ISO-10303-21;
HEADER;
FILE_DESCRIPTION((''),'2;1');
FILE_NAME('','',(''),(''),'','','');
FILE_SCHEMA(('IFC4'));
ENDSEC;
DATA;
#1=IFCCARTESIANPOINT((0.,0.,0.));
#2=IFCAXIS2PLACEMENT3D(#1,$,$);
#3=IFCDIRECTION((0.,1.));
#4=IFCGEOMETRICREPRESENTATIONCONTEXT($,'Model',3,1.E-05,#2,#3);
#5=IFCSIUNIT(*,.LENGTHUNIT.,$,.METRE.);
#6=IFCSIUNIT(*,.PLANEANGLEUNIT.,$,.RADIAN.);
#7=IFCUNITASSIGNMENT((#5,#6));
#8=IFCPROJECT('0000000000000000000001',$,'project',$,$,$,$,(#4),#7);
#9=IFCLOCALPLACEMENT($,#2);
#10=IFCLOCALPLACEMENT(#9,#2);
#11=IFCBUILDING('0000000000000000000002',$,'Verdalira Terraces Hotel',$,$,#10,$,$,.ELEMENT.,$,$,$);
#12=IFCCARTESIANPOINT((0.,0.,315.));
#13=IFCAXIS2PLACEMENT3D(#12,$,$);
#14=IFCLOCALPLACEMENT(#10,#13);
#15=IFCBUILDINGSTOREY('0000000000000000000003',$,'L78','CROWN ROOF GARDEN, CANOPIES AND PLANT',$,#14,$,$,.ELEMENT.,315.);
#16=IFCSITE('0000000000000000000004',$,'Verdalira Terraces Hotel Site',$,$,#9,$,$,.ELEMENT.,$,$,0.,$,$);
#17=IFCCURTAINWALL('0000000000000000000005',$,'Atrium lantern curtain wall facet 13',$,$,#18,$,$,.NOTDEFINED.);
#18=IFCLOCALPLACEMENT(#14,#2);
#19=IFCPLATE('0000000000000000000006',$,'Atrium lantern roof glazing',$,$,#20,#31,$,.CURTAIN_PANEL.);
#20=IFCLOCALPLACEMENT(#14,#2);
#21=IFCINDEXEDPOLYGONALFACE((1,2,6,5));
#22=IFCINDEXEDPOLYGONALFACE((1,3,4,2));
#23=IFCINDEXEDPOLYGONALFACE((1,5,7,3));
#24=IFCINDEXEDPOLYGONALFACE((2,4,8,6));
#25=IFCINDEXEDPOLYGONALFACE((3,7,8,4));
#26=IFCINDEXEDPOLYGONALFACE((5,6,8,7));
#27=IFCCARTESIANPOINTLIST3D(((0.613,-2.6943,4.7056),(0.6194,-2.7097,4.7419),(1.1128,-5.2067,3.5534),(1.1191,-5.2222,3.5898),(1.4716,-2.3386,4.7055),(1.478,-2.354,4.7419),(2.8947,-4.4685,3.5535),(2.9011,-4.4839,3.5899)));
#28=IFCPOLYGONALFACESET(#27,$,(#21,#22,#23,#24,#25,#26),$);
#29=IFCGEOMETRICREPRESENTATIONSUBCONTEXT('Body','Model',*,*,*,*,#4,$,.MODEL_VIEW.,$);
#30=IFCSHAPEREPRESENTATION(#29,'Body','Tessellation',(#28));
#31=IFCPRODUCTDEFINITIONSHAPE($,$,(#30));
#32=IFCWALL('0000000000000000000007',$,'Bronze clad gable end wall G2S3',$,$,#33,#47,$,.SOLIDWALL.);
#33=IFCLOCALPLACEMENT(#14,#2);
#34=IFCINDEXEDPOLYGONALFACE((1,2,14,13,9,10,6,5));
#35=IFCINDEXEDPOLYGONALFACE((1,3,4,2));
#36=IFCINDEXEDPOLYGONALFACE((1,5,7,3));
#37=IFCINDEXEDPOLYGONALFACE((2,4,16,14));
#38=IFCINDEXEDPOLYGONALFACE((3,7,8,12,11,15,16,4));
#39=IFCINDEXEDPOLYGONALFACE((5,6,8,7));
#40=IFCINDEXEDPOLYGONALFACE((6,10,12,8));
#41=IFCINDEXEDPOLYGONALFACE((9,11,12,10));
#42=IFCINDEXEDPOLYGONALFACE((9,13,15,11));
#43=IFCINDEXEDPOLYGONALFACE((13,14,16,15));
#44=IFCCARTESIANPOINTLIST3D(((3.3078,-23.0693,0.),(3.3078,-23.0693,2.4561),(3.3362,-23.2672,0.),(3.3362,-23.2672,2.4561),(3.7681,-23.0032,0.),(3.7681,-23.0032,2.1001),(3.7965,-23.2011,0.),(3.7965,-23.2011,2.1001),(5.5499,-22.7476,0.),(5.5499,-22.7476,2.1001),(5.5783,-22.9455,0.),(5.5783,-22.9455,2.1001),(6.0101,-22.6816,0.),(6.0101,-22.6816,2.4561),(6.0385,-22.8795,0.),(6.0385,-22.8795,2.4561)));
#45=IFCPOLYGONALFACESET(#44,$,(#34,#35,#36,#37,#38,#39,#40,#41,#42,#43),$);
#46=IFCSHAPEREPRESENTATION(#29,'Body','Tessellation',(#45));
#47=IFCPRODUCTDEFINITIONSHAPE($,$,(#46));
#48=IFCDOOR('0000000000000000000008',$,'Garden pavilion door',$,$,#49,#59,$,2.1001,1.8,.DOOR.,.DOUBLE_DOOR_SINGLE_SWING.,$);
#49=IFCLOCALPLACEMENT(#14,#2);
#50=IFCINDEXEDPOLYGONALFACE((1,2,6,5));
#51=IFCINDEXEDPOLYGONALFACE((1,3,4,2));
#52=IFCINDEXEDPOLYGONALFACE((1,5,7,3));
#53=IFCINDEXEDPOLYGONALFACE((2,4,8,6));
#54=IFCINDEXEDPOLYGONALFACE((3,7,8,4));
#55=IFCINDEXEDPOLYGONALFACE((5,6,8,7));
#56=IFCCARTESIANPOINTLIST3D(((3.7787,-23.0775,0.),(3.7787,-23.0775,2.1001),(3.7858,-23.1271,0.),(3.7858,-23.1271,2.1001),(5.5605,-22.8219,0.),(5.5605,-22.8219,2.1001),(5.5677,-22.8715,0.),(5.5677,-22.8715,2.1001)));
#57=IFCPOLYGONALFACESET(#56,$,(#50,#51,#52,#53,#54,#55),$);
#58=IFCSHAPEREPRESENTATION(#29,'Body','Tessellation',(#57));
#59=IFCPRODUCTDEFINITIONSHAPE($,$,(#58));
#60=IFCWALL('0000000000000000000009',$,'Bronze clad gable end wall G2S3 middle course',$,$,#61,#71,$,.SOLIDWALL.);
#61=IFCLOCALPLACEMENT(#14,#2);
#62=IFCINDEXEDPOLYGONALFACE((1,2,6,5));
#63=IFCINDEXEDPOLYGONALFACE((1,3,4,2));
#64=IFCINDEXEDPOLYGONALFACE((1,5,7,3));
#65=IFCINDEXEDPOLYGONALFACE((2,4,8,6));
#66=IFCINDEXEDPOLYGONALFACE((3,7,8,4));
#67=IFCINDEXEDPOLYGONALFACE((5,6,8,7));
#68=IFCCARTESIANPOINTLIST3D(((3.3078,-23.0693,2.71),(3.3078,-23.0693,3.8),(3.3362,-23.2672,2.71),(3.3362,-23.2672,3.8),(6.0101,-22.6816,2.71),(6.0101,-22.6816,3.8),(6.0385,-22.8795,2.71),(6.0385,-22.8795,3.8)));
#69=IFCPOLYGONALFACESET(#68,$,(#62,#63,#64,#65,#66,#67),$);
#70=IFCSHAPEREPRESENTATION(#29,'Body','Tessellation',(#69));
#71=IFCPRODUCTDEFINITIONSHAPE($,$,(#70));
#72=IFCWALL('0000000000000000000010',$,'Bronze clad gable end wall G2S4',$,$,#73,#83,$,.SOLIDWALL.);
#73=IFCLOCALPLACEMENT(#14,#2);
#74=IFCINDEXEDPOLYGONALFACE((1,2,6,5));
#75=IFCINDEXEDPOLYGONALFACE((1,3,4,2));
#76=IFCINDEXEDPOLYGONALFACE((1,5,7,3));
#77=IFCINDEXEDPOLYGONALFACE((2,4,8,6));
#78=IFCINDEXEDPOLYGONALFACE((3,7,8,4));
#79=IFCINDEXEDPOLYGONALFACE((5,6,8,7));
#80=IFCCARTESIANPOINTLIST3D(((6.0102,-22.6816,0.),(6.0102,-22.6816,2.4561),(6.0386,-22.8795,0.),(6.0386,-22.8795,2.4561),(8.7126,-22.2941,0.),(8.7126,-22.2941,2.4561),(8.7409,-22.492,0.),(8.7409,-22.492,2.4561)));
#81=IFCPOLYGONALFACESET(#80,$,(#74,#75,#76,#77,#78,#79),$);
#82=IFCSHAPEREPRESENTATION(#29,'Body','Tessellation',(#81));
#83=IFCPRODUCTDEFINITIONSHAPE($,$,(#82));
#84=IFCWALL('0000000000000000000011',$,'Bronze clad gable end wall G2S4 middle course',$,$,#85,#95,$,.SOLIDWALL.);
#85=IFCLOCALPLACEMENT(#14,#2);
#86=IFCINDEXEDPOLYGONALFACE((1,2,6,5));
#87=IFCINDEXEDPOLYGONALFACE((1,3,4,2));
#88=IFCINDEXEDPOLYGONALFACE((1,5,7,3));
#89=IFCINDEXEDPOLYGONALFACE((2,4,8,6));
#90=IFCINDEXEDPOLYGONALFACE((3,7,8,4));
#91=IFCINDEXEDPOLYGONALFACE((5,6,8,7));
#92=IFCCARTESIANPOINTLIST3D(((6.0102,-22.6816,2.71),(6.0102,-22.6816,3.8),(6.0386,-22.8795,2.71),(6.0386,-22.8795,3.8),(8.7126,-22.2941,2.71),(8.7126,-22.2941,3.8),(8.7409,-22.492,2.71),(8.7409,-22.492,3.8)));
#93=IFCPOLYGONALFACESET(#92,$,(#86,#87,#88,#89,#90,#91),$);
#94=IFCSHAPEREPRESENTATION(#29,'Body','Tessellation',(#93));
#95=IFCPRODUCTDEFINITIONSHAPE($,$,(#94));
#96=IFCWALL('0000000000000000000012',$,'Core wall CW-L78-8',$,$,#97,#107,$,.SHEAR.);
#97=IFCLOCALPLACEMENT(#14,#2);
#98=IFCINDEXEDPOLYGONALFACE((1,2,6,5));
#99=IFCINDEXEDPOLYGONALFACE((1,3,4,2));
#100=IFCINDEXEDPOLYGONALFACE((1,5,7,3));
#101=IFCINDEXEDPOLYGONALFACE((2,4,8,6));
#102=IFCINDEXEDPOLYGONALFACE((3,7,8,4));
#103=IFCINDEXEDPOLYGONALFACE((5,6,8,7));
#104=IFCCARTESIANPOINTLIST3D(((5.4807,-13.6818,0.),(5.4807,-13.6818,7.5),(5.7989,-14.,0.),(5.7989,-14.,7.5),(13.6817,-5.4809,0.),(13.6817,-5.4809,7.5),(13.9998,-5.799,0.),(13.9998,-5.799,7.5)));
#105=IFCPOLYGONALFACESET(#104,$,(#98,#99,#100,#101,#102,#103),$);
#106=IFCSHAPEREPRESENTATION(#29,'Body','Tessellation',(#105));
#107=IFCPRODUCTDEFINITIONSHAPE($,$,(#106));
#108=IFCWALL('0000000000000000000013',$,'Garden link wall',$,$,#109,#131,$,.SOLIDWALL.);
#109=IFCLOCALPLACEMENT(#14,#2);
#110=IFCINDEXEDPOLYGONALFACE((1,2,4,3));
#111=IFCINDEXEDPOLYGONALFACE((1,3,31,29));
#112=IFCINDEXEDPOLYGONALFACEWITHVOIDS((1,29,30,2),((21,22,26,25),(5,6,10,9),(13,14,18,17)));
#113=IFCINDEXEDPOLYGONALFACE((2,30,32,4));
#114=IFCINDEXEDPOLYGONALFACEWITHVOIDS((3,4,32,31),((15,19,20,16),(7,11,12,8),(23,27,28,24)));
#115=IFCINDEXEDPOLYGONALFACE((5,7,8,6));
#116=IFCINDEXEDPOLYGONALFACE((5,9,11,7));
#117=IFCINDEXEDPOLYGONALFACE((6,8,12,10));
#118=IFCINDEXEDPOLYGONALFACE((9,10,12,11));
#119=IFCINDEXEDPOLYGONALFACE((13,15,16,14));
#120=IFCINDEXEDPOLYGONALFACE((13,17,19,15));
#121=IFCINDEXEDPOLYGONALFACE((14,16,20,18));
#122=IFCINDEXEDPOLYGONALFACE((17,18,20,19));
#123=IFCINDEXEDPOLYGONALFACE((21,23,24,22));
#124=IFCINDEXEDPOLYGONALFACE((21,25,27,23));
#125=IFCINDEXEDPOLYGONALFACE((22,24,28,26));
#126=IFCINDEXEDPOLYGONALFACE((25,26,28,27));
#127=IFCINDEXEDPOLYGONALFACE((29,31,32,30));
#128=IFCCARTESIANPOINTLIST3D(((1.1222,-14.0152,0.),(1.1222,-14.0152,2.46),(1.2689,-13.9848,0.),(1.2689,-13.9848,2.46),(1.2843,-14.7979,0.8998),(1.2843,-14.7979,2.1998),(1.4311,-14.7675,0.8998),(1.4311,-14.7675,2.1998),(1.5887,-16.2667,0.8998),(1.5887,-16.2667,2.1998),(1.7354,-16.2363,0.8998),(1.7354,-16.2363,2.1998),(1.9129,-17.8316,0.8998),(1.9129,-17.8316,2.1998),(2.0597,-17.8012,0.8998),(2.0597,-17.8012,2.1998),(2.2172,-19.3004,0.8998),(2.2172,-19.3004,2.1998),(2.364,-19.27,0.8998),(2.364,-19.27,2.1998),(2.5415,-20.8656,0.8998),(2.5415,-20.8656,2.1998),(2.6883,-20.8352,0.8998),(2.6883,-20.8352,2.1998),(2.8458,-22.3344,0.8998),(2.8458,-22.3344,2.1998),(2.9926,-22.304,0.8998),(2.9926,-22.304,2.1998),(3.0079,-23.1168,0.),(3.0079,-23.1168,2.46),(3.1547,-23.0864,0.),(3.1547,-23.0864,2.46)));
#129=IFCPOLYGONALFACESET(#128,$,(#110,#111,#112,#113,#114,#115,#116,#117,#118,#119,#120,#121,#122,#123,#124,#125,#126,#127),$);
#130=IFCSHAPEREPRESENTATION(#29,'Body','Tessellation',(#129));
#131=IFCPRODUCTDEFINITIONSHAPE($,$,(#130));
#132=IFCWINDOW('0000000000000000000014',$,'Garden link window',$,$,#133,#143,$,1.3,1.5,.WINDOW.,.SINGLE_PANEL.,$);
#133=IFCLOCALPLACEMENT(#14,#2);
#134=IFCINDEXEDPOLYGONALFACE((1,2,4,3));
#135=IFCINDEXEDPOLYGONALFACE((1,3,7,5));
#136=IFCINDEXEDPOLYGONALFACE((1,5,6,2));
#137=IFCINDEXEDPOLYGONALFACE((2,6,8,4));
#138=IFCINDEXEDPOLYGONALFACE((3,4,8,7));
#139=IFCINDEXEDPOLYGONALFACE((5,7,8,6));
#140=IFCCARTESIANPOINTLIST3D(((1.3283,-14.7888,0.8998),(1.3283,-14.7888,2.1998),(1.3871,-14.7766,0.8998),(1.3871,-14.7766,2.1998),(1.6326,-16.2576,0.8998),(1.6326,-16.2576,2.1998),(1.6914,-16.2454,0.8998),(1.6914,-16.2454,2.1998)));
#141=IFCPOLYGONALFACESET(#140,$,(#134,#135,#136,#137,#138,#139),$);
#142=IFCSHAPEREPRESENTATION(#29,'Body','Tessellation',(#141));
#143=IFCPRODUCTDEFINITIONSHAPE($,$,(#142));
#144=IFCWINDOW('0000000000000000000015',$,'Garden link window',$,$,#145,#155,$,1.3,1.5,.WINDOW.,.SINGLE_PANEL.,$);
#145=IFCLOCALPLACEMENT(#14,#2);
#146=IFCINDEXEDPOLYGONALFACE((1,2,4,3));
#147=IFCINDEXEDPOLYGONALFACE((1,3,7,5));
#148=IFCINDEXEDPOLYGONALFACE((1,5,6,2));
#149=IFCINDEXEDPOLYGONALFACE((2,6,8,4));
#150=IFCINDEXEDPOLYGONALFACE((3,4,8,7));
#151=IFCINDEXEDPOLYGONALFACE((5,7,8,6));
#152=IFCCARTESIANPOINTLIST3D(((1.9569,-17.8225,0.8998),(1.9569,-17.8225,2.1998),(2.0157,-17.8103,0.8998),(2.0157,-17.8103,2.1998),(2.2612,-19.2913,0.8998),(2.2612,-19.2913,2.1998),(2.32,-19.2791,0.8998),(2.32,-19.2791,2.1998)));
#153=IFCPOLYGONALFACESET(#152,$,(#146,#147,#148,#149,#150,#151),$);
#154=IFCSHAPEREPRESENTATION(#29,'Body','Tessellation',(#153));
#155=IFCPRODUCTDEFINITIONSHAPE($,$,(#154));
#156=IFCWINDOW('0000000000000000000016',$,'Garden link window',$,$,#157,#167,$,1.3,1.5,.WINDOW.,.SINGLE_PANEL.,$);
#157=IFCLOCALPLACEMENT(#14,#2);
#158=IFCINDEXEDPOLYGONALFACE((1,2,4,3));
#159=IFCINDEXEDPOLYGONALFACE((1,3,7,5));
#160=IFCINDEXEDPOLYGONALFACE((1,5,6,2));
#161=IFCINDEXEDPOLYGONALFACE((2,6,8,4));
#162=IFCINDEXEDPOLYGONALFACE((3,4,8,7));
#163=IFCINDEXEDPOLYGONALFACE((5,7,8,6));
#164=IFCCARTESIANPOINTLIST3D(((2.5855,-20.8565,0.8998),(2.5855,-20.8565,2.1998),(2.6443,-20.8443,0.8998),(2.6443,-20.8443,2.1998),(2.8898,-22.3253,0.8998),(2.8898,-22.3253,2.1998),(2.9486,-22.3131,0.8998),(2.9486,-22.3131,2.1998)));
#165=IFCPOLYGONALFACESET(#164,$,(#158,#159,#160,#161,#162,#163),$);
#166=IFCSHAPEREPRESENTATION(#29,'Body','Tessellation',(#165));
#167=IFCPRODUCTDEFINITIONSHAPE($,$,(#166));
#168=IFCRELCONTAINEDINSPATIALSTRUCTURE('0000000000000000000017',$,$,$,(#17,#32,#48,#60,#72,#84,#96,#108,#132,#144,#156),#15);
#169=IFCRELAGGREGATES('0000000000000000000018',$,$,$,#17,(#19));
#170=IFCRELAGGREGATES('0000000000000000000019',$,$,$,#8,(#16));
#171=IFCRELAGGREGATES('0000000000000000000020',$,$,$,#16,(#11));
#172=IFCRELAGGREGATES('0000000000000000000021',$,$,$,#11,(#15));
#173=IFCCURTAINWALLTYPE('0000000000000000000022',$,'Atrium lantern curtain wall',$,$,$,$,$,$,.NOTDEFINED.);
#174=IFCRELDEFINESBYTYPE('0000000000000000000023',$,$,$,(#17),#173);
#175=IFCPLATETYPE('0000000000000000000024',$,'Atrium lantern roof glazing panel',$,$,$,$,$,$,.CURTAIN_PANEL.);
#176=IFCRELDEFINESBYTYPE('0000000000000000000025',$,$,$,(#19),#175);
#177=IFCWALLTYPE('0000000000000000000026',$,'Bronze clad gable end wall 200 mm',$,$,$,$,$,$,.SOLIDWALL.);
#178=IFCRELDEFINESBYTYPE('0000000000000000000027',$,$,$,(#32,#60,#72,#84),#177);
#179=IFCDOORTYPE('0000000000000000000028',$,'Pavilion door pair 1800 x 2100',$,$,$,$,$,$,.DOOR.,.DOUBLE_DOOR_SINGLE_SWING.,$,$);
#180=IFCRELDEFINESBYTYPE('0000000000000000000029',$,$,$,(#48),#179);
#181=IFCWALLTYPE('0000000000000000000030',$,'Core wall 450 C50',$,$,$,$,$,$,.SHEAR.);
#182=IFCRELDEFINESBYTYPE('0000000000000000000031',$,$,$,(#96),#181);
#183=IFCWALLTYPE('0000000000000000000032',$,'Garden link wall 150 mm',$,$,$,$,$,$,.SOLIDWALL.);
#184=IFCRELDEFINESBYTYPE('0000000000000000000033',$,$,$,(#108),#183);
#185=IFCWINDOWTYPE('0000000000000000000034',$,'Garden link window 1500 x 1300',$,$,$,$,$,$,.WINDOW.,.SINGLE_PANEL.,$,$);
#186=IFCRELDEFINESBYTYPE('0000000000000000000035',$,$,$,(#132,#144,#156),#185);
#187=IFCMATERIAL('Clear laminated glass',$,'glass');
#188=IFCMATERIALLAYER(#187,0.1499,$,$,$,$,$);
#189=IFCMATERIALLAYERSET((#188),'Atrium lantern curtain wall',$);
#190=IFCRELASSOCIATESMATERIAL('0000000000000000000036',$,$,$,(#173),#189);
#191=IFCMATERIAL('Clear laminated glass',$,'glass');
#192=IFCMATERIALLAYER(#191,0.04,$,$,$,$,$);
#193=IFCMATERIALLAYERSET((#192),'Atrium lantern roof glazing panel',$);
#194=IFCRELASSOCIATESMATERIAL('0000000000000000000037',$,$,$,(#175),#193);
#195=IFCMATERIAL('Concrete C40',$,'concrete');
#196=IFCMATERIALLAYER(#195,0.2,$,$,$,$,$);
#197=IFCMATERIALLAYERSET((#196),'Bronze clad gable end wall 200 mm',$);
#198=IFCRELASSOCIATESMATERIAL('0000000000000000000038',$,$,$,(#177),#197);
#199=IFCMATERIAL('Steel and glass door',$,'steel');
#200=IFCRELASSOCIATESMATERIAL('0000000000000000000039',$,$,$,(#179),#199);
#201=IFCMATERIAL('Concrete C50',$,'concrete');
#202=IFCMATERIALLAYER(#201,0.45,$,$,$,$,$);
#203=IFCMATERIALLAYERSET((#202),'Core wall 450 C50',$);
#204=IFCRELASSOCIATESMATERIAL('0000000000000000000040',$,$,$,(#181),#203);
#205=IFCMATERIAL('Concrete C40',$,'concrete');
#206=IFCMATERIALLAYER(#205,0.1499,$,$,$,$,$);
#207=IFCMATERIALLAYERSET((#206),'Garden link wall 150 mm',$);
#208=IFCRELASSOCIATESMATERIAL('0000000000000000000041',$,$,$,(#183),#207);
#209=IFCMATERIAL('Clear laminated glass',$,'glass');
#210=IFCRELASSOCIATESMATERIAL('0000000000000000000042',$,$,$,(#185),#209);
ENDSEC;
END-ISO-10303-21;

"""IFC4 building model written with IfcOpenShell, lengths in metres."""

from ifc_helpers import new_model, si_unit, direction, frame, frame_2d, origin, place, context, subcontext, project, spatial, polyline, rectangle, outline, extrude, material, layer, layer_set, type_object, element, fill, aggregate, save


model = new_model("IFC4")

# Units and contexts
model_context = context("Model", 3, precision=1e-05, world=origin(), true_north=direction((0.0, 1.0)))
body_context = subcontext(model_context, "Body", "Model", "MODEL_VIEW")
ifc_project = project(units=[si_unit("LENGTHUNIT", "METRE"), si_unit("PLANEANGLEUNIT", "RADIAN")], contexts=[model_context])

# Site, building, storey
site_placement = place(None, origin())
site = spatial("IfcSite", under=ifc_project, at=site_placement, Name="Verdalira Terraces Hotel Site", CompositionType="ELEMENT", RefElevation=0.0)
building_placement = place(site_placement, origin())
building = spatial("IfcBuilding", under=site, at=building_placement, Name="Verdalira Terraces Hotel", CompositionType="ELEMENT")
storey_placement = place(building_placement, frame((0.0, 0.0, 315.0)))
storey = spatial("IfcBuildingStorey", under=building, at=storey_placement, Name="L78", Description="CROWN ROOF GARDEN, CANOPIES AND PLANT", CompositionType="ELEMENT", Elevation=315.0)

# Curtain wall, plate
ifc_material_1 = material(Name="Clear laminated glass", Category="glass")
ifc_layer_1 = layer(ifc_material_1, 0.1499)
ifc_layer_set_1 = layer_set([ifc_layer_1], Name="Atrium lantern curtain wall")
curtain_wall_type = type_object("IfcCurtainWallType", Name="Atrium lantern curtain wall", PredefinedType="NOTDEFINED", material=ifc_layer_set_1)
curtain_wall_placement = place(storey_placement, origin())
curtain_wall = element("IfcCurtainWall", 1, at=curtain_wall_placement, inside=storey, type_object=curtain_wall_type, Name="Atrium lantern curtain wall facet 13", PredefinedType="NOTDEFINED")
ifc_material_2 = material(Name="Clear laminated glass", Category="glass")
ifc_layer_2 = layer(ifc_material_2, 0.04)
ifc_layer_set_2 = layer_set([ifc_layer_2], Name="Atrium lantern roof glazing panel")
plate_type = type_object("IfcPlateType", Name="Atrium lantern roof glazing panel", PredefinedType="CURTAIN_PANEL", material=ifc_layer_set_2)
plate_placement = place(storey_placement, frame((1.1191, -5.2222, 3.5898), z_axis=(0.15954, -0.385089, 0.908985), x_axis=(0.923851, 0.382753, 0.000003)))
plate = element("IfcPlate", 2, at=plate_placement, type_object=plate_type, Name="Atrium lantern roof glazing", PredefinedType="CURTAIN_PANEL", context=body_context, shape_type="SweptSolid", body=[
    extrude(outline(polyline([(0.0, 0.0), (1.9289, 0.0), (1.4294, 2.764), (0.5, 2.764), (0.0, 0.0)])), origin(), (0.0, 0.0, -1.0), 0.04),
])

# Wall, opening, door
ifc_material_3 = material(Name="Concrete C40", Category="concrete")
ifc_layer_3 = layer(ifc_material_3, 0.2)
ifc_layer_set_3 = layer_set([ifc_layer_3], Name="Bronze clad gable end wall 200 mm")
wall_type_1 = type_object("IfcWallType", Name="Bronze clad gable end wall 200 mm", PredefinedType="SOLIDWALL", material=ifc_layer_set_3)
wall_1_placement = place(storey_placement, frame((3.322, -23.1682, 0.0), z_axis=(0.0, 0.0, 1.0), x_axis=(0.989865, 0.14201, 0.0)))
wall_1 = element("IfcWall", 3, at=wall_1_placement, inside=storey, type_object=wall_type_1, Name="Bronze clad gable end wall G2S3", PredefinedType="SOLIDWALL", context=body_context, shape_type="SweptSolid", body=[
    extrude(rectangle(XDim=2.73, YDim=0.2, at=frame_2d((1.365, 0.0))), origin(), (0.0, 0.0, 1.0), 2.4561),
])
opening_1_placement = place(wall_1_placement, frame((0.4651, 0.0, 0.0)))
opening_1 = element("IfcOpeningElement", 4, at=opening_1_placement, cuts=wall_1, PredefinedType="OPENING", context=body_context, shape_type="SweptSolid", body=[
    extrude(rectangle(XDim=1.8, YDim=2.1001, at=frame_2d((0.8999, 1.05))), frame((0.0, 0.1099, 0.0), z_axis=(0.0, -1.0, 0.0), x_axis=(1.0, 0.0, 0.0)), (0.0, 0.0, 1.0), 0.22),
])
ifc_material_4 = material(Name="Steel and glass door", Category="steel")
door_type = type_object("IfcDoorType", Name="Pavilion door pair 1800 x 2100", OperationType="DOUBLE_DOOR_SINGLE_SWING", PredefinedType="DOOR", material=ifc_material_4)
door_placement = place(opening_1_placement, origin())
door = element("IfcDoor", 5, at=door_placement, inside=storey, type_object=door_type, Name="Garden pavilion door", OperationType="DOUBLE_DOOR_SINGLE_SWING", OverallHeight=2.1001, OverallWidth=1.8, PredefinedType="DOOR", context=body_context, shape_type="SweptSolid", body=[
    extrude(rectangle(XDim=1.8, YDim=2.1001, at=frame_2d((0.8999, 1.05))), frame((0.0, 0.0249, 0.0), z_axis=(0.0, -1.0, 0.0), x_axis=(1.0, 0.0, 0.0)), (0.0, 0.0, 1.0), 0.05),
])
fill(opening_1, door)

# Walls
wall_2_placement = place(storey_placement, frame((3.322, -23.1682, 2.71), z_axis=(0.0, 0.0, 1.0), x_axis=(0.989865, 0.14201, 0.0)))
element("IfcWall", 6, at=wall_2_placement, inside=storey, type_object=wall_type_1, Name="Bronze clad gable end wall G2S3 middle course", PredefinedType="SOLIDWALL", context=body_context, shape_type="SweptSolid", body=[
    extrude(rectangle(XDim=2.73, YDim=0.2, at=frame_2d((1.365, 0.0))), origin(), (0.0, 0.0, 1.0), 1.0901),
])
wall_3_placement = place(storey_placement, frame((6.0244, -22.7805, 0.0), z_axis=(0.0, 0.0, 1.0), x_axis=(0.989878, 0.141922, 0.0)))
element("IfcWall", 7, at=wall_3_placement, inside=storey, type_object=wall_type_1, Name="Bronze clad gable end wall G2S4", PredefinedType="SOLIDWALL", context=body_context, shape_type="SweptSolid", body=[
    extrude(rectangle(XDim=2.73, YDim=0.2, at=frame_2d((1.365, 0.0))), origin(), (0.0, 0.0, 1.0), 2.4561),
])
wall_4_placement = place(storey_placement, frame((6.0244, -22.7805, 2.71), z_axis=(0.0, 0.0, 1.0), x_axis=(0.989878, 0.141922, 0.0)))
element("IfcWall", 8, at=wall_4_placement, inside=storey, type_object=wall_type_1, Name="Bronze clad gable end wall G2S4 middle course", PredefinedType="SOLIDWALL", context=body_context, shape_type="SweptSolid", body=[
    extrude(rectangle(XDim=2.73, YDim=0.2, at=frame_2d((1.365, 0.0))), origin(), (0.0, 0.0, 1.0), 1.0901),
])
ifc_material_5 = material(Name="Concrete C50", Category="concrete")
ifc_layer_4 = layer(ifc_material_5, 0.45)
ifc_layer_set_4 = layer_set([ifc_layer_4], Name="Core wall 450 C50")
wall_type_2 = type_object("IfcWallType", Name="Core wall 450 C50", PredefinedType="SHEAR", material=ifc_layer_set_4)
wall_5_placement = place(storey_placement, frame((5.6399, -13.8408, 0.0), z_axis=(0.0, 0.0, 1.0), x_axis=(0.707107, 0.707107, 0.0)))
element("IfcWall", 9, at=wall_5_placement, inside=storey, type_object=wall_type_2, Name="Core wall CW-L78-8", PredefinedType="SHEAR", context=body_context, shape_type="SweptSolid", body=[
    extrude(rectangle(XDim=11.5979, YDim=0.45, at=frame_2d((5.7988, 0.0))), origin(), (0.0, 0.0, 1.0), 7.5),
])

# Wall, openings, windows
ifc_material_6 = material(Name="Concrete C40", Category="concrete")
ifc_layer_5 = layer(ifc_material_6, 0.1499)
ifc_layer_set_5 = layer_set([ifc_layer_5], Name="Garden link wall 150 mm")
wall_type_3 = type_object("IfcWallType", Name="Garden link wall 150 mm", PredefinedType="SOLIDWALL", material=ifc_layer_set_5)
wall_6_placement = place(storey_placement, frame((1.1956, -14.0, 0.0), z_axis=(0.0, 0.0, 1.0), x_axis=(0.20288, -0.979204, 0.0)))
wall_6 = element("IfcWall", 10, at=wall_6_placement, inside=storey, type_object=wall_type_3, Name="Garden link wall", PredefinedType="SOLIDWALL", context=body_context, shape_type="SweptSolid", body=[
    extrude(rectangle(XDim=9.2949, YDim=0.1499, at=frame_2d((4.6475, 0.0))), origin(), (0.0, 0.0, 1.0), 2.46),
])
opening_2_placement = place(wall_6_placement, frame((0.7993, 0.0, 0.8999)))
opening_2 = element("IfcOpeningElement", 11, at=opening_2_placement, cuts=wall_6, PredefinedType="OPENING", context=body_context, shape_type="SweptSolid", body=[
    extrude(rectangle(XDim=1.5, YDim=1.3, at=frame_2d((0.75, 0.6499))), frame((0.0, 0.085, 0.0), z_axis=(0.0, -1.0, 0.0), x_axis=(1.0, 0.0, 0.0)), (0.0, 0.0, 1.0), 0.1699),
])
opening_3_placement = place(wall_6_placement, frame((3.8975, 0.0, 0.8999)))
opening_3 = element("IfcOpeningElement", 12, at=opening_3_placement, cuts=wall_6, PredefinedType="OPENING", context=body_context, shape_type="SweptSolid", body=[
    extrude(rectangle(XDim=1.5, YDim=1.3, at=frame_2d((0.75, 0.6499))), frame((0.0, 0.085, 0.0), z_axis=(0.0, -1.0, 0.0), x_axis=(1.0, 0.0, 0.0)), (0.0, 0.0, 1.0), 0.1699),
])
opening_4_placement = place(wall_6_placement, frame((6.9958, 0.0, 0.8999)))
opening_4 = element("IfcOpeningElement", 13, at=opening_4_placement, cuts=wall_6, PredefinedType="OPENING", context=body_context, shape_type="SweptSolid", body=[
    extrude(rectangle(XDim=1.5, YDim=1.3, at=frame_2d((0.75, 0.6499))), frame((0.0, 0.085, 0.0), z_axis=(0.0, -1.0, 0.0), x_axis=(1.0, 0.0, 0.0)), (0.0, 0.0, 1.0), 0.1699),
])
ifc_material_7 = material(Name="Clear laminated glass", Category="glass")
window_type = type_object("IfcWindowType", Name="Garden link window 1500 x 1300", PartitioningType="SINGLE_PANEL", PredefinedType="WINDOW", material=ifc_material_7)
window_1_placement = place(opening_2_placement, origin())
window_1 = element("IfcWindow", 14, at=window_1_placement, inside=storey, type_object=window_type, Name="Garden link window", OverallHeight=1.3, OverallWidth=1.5, PartitioningType="SINGLE_PANEL", PredefinedType="WINDOW", context=body_context, shape_type="SweptSolid", body=[
    extrude(rectangle(XDim=1.5, YDim=1.3, at=frame_2d((0.75, 0.6499))), frame((0.0, 0.03, 0.0), z_axis=(0.0, -1.0, 0.0), x_axis=(1.0, 0.0, 0.0)), (0.0, 0.0, 1.0), 0.0601),
])
fill(opening_2, window_1)
window_2_placement = place(opening_3_placement, origin())
window_2 = element("IfcWindow", 15, at=window_2_placement, inside=storey, type_object=window_type, Name="Garden link window", OverallHeight=1.3, OverallWidth=1.5, PartitioningType="SINGLE_PANEL", PredefinedType="WINDOW", context=body_context, shape_type="SweptSolid", body=[
    extrude(rectangle(XDim=1.5, YDim=1.3, at=frame_2d((0.75, 0.6499))), frame((0.0, 0.03, 0.0), z_axis=(0.0, -1.0, 0.0), x_axis=(1.0, 0.0, 0.0)), (0.0, 0.0, 1.0), 0.0601),
])
fill(opening_3, window_2)
window_3_placement = place(opening_4_placement, origin())
window_3 = element("IfcWindow", 16, at=window_3_placement, inside=storey, type_object=window_type, Name="Garden link window", OverallHeight=1.3, OverallWidth=1.5, PartitioningType="SINGLE_PANEL", PredefinedType="WINDOW", context=body_context, shape_type="SweptSolid", body=[
    extrude(rectangle(XDim=1.5, YDim=1.3, at=frame_2d((0.75, 0.6499))), frame((0.0, 0.03, 0.0), z_axis=(0.0, -1.0, 0.0), x_axis=(1.0, 0.0, 0.0)), (0.0, 0.0, 1.0), 0.0601),
])
fill(opening_4, window_3)

aggregate(curtain_wall, [plate])

save(model, "model.ifc")
